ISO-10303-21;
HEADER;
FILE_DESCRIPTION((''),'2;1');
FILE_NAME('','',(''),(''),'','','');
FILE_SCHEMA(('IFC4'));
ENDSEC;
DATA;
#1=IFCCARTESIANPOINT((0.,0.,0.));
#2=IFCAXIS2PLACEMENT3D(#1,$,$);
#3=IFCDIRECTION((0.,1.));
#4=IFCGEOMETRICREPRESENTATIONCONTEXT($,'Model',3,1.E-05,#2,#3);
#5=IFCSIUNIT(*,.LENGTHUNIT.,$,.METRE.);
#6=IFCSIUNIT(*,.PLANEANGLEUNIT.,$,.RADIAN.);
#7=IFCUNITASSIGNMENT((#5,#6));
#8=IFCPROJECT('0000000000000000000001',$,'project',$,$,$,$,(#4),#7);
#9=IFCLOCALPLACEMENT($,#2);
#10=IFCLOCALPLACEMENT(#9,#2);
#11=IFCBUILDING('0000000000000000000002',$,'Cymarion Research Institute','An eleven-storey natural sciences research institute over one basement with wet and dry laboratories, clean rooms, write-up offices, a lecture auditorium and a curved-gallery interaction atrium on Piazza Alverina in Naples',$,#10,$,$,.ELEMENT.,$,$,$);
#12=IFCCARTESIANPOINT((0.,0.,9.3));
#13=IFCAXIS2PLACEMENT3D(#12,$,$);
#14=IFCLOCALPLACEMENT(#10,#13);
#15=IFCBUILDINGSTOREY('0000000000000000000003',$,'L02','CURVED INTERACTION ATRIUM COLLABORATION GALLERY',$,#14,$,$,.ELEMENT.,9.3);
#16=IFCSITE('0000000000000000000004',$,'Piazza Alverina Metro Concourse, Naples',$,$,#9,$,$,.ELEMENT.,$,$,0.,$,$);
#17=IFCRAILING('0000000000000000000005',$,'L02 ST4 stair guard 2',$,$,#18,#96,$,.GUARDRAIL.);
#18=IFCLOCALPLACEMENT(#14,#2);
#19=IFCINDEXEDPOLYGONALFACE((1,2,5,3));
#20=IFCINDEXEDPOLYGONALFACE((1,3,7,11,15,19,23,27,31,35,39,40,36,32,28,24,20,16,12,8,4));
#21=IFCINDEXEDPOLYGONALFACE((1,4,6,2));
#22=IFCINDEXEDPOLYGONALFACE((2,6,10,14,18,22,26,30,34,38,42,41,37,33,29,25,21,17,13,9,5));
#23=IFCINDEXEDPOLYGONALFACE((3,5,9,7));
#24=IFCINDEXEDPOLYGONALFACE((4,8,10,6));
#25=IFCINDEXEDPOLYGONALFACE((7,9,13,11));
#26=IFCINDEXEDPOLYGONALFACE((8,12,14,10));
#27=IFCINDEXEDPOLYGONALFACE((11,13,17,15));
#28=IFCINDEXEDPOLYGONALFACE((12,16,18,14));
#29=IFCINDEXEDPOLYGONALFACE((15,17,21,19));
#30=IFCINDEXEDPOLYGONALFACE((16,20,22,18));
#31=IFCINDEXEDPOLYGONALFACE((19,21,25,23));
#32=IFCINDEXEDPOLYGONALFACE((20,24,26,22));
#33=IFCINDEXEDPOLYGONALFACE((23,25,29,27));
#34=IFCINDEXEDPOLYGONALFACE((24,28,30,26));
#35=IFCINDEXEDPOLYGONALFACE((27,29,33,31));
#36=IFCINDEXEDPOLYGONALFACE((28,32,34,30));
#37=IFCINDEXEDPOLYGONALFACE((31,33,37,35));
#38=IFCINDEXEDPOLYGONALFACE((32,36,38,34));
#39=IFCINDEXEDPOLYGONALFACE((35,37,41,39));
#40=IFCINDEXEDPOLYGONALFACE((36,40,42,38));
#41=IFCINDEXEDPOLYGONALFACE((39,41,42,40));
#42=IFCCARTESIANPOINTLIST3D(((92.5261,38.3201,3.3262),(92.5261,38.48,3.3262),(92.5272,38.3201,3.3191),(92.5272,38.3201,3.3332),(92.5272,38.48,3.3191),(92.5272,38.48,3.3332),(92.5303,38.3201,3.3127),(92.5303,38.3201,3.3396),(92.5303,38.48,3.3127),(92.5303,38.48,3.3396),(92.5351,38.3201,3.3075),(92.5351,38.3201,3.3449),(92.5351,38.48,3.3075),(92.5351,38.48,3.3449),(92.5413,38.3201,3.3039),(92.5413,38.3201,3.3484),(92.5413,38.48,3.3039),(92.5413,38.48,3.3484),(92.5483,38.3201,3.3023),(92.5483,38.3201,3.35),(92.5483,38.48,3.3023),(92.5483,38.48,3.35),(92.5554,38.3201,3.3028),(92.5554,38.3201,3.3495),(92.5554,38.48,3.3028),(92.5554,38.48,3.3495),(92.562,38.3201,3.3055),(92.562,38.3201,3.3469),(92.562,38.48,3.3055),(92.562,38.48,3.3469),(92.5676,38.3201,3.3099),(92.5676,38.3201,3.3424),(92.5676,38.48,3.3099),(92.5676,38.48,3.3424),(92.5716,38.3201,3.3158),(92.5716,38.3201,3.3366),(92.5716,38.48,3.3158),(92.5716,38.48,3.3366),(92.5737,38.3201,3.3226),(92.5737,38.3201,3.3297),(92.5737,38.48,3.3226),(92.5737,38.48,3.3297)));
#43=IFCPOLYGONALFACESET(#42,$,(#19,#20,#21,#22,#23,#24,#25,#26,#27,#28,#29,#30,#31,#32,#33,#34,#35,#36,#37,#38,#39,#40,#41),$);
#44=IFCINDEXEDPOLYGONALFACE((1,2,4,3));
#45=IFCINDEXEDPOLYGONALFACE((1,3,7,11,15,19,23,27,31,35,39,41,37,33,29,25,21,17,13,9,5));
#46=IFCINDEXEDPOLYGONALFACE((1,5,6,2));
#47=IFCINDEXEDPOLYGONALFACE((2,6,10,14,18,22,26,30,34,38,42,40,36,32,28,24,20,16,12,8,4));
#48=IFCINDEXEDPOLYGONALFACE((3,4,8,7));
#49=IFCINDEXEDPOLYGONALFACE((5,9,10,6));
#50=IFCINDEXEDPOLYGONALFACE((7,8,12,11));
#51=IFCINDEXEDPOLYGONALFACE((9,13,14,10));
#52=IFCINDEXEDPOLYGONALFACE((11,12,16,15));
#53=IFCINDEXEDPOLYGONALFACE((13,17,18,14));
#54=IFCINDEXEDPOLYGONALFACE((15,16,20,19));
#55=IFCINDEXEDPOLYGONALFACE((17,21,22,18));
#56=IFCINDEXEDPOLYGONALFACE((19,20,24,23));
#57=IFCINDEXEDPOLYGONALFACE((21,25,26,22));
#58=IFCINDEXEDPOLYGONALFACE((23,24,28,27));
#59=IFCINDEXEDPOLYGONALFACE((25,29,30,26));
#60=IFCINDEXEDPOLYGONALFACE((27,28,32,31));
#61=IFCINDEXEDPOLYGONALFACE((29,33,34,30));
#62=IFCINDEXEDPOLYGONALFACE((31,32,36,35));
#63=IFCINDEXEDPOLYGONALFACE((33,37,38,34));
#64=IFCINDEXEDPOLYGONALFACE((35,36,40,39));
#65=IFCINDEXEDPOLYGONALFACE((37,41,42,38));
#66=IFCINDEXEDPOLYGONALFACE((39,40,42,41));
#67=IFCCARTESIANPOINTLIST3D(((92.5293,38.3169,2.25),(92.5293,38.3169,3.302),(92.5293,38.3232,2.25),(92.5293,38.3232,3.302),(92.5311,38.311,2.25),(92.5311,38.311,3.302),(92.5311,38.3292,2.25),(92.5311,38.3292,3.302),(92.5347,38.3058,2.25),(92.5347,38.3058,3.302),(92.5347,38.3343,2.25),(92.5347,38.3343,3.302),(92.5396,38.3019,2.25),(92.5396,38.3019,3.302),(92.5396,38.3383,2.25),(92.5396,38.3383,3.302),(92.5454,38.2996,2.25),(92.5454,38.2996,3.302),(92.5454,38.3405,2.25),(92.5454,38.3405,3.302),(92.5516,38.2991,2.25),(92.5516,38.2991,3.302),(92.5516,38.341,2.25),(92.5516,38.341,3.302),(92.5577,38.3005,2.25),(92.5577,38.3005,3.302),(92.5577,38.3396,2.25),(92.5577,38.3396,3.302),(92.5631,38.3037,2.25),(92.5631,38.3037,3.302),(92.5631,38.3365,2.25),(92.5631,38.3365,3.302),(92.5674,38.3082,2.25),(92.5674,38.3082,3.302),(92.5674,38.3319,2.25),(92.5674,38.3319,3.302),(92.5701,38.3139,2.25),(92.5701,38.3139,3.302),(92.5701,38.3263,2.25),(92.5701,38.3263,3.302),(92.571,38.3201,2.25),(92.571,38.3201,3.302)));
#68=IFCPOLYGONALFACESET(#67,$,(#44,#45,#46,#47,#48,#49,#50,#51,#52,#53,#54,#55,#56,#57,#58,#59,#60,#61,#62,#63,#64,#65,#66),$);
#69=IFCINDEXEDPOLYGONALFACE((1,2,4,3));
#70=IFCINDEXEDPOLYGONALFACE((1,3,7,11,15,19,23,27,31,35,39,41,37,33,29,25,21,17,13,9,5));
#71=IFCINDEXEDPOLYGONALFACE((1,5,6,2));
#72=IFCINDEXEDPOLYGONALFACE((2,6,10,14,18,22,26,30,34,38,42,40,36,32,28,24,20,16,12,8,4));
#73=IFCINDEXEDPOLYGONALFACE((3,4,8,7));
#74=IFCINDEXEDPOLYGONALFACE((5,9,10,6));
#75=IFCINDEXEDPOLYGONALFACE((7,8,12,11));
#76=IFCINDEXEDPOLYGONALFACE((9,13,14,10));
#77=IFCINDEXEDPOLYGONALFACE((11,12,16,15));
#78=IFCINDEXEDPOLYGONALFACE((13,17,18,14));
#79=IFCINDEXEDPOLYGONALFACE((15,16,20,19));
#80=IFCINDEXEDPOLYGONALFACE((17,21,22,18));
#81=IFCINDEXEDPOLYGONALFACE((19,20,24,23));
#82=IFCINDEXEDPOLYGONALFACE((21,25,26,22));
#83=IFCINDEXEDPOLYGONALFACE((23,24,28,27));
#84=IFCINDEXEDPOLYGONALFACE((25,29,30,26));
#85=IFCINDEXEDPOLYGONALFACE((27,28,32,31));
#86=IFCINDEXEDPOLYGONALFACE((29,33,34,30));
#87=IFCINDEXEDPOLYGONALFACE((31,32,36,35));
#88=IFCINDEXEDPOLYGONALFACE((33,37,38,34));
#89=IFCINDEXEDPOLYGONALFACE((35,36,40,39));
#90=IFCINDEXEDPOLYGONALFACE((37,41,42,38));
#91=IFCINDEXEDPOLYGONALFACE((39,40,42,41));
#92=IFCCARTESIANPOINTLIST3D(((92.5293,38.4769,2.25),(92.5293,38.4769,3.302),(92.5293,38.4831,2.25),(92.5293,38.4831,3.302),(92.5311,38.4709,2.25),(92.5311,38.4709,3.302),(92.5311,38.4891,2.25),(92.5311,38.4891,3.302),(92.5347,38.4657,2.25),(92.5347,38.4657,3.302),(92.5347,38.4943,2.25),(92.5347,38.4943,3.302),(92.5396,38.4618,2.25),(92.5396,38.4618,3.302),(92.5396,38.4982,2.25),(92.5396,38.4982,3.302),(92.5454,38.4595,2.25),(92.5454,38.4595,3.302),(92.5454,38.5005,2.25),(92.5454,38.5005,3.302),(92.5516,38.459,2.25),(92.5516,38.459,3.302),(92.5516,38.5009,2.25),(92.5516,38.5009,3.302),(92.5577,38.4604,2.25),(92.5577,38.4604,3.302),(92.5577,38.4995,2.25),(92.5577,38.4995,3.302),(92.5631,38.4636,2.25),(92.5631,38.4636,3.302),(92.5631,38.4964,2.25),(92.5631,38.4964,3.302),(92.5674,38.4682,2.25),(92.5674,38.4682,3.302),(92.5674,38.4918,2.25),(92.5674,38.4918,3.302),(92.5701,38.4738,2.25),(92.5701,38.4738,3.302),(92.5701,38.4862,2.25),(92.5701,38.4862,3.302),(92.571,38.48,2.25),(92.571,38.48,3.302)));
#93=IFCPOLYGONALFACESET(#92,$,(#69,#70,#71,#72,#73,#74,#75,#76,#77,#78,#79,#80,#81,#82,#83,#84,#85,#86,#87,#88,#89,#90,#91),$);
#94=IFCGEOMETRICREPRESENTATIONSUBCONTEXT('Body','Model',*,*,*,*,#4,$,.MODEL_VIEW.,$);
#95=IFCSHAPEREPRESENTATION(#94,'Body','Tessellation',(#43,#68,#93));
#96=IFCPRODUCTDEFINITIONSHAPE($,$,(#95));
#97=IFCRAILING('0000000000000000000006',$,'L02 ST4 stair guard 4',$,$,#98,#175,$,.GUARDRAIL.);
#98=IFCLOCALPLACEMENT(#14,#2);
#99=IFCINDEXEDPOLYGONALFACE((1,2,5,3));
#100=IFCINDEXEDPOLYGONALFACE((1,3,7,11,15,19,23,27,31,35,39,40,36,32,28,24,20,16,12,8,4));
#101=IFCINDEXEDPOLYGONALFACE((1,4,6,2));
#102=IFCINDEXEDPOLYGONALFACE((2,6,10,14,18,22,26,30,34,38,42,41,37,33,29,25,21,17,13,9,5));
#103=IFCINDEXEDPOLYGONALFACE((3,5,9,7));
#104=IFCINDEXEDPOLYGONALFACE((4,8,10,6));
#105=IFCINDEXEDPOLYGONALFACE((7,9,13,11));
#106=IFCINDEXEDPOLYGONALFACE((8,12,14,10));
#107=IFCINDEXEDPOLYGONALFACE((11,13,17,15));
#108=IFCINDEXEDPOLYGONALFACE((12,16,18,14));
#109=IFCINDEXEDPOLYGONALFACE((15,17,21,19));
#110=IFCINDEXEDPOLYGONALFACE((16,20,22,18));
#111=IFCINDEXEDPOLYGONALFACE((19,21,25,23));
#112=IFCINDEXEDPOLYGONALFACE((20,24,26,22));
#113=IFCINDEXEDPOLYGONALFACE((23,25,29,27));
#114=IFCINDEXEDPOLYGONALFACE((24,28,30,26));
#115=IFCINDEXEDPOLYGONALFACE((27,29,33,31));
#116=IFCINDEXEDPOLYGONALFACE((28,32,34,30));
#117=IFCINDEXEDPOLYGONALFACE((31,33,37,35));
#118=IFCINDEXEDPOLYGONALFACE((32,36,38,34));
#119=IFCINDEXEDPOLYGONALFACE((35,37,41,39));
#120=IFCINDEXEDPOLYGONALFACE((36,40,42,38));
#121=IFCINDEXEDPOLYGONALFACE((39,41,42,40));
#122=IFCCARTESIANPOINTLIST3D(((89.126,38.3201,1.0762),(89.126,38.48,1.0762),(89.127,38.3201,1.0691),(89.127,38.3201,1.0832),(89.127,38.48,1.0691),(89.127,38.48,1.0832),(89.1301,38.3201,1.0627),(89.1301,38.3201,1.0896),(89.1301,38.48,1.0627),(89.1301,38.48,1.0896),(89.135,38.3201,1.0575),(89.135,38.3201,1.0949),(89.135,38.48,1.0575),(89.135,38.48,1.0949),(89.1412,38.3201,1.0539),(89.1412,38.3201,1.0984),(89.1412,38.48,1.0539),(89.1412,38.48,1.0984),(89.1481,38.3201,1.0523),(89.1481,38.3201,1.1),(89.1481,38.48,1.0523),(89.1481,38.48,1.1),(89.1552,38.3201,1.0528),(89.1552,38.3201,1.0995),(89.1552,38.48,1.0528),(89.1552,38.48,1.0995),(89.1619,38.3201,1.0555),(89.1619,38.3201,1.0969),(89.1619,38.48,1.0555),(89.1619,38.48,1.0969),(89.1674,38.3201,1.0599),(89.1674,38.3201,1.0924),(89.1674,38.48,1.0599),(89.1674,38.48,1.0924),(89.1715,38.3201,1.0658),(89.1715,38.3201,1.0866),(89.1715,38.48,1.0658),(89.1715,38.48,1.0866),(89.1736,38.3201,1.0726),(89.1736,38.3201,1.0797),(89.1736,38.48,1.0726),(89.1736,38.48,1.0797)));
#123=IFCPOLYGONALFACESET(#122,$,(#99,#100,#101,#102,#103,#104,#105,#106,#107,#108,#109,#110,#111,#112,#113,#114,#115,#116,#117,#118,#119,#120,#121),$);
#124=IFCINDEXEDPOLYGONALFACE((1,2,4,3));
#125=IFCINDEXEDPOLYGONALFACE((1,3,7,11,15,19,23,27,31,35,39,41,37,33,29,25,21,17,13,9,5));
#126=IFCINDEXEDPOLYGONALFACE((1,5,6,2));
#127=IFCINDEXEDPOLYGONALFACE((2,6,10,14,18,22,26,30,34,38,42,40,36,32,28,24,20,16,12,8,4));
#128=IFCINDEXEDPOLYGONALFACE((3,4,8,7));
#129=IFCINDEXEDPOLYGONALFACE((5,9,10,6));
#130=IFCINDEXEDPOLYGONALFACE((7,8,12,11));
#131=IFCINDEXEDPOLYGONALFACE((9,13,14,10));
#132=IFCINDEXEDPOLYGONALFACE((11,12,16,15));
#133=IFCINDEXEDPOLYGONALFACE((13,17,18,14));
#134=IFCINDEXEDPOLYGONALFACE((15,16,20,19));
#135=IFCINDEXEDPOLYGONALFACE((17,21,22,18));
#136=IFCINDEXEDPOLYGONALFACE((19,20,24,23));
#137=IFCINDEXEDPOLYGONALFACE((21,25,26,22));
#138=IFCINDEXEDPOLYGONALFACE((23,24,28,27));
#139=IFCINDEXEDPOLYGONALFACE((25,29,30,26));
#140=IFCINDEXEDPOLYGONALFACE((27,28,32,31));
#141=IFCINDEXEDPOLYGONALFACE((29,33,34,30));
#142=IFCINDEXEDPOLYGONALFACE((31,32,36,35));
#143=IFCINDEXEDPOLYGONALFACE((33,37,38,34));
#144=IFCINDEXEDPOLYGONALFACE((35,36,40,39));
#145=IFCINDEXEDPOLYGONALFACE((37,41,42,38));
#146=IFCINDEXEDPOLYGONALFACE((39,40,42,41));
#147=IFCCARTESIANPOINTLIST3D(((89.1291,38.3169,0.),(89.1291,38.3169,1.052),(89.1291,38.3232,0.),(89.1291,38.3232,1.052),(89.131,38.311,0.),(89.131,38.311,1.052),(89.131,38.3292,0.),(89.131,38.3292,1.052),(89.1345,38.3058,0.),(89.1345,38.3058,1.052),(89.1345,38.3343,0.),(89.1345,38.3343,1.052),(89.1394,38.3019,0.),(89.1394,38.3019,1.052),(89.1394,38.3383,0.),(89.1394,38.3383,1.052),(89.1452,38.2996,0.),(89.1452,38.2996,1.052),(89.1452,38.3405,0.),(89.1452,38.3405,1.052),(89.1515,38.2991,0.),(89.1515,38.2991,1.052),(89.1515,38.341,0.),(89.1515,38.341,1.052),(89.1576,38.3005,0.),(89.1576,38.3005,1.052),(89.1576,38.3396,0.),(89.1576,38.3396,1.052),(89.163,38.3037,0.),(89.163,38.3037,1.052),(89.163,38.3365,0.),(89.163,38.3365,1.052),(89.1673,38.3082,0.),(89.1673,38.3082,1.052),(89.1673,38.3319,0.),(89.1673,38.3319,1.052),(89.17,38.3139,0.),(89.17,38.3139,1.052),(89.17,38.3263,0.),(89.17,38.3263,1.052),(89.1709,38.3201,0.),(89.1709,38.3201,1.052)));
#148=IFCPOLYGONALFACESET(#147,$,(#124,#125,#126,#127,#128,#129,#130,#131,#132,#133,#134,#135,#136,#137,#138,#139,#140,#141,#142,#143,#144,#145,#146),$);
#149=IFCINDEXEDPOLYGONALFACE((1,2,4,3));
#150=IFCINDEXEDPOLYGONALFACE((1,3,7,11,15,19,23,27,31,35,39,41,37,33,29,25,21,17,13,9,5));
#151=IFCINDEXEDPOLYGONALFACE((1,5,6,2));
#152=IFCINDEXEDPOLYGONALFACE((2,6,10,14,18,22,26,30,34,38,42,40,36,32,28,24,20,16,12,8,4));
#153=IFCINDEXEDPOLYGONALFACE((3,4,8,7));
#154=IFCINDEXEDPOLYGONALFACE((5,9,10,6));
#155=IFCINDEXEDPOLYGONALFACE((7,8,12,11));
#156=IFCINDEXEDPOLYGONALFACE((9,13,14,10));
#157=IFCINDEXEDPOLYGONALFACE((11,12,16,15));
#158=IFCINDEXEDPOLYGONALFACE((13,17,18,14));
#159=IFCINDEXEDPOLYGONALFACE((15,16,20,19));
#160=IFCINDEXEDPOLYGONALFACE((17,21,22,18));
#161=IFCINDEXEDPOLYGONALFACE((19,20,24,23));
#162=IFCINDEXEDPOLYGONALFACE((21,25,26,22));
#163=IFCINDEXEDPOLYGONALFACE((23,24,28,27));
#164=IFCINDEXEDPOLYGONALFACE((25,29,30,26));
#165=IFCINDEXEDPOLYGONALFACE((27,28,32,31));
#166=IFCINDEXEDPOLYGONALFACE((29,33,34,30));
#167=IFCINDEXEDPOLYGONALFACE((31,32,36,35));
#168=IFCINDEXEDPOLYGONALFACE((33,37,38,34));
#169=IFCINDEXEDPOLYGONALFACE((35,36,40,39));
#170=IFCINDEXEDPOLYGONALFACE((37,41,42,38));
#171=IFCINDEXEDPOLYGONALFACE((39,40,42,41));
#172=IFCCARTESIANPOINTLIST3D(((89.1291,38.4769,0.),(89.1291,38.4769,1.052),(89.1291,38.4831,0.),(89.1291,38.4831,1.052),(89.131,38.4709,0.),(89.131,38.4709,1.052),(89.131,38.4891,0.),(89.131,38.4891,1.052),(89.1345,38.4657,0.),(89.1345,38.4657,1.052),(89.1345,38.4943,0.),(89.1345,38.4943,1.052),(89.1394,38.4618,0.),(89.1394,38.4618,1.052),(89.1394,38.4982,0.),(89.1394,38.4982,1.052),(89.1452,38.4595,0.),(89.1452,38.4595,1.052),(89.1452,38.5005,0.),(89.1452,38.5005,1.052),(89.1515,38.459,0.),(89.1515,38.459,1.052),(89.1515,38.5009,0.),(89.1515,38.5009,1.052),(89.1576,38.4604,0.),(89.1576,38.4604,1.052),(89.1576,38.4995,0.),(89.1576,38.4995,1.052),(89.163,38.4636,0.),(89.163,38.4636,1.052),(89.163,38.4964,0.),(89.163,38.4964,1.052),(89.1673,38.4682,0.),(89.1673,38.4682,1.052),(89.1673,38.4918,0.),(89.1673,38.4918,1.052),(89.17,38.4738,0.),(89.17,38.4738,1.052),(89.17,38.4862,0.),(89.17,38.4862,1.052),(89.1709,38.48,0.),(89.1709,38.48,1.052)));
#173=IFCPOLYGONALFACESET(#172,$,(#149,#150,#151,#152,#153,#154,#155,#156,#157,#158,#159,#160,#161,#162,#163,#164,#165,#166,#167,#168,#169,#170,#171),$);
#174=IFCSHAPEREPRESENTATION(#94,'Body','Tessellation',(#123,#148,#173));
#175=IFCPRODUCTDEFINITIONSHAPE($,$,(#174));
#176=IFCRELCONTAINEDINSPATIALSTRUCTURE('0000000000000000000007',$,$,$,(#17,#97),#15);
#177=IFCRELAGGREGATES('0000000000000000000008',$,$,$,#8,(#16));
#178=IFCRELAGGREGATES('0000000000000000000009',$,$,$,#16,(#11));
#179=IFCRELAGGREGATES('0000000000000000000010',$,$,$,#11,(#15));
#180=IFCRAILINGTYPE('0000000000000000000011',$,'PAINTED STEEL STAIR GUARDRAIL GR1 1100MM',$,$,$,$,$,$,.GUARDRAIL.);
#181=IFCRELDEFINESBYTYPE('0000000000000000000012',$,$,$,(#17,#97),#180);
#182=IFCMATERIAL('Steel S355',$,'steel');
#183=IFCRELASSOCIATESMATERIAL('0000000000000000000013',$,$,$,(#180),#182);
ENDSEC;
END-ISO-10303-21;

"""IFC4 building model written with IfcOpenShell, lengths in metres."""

from ifc_helpers import new_model, si_unit, direction, frame, origin, origin_2d, place, context, subcontext, project, spatial, circle, extrude, material, type_object, element, save


model = new_model("IFC4")

# Units and contexts
model_context = context("Model", 3, precision=1e-05, world=origin(), true_north=direction((0.0, 1.0)))
body_context = subcontext(model_context, "Body", "Model", "MODEL_VIEW")
ifc_project = project(units=[si_unit("LENGTHUNIT", "METRE"), si_unit("PLANEANGLEUNIT", "RADIAN")], contexts=[model_context])

# Site, building, storey
site_placement = place(None, origin())
site = spatial("IfcSite", under=ifc_project, at=site_placement, Name="Piazza Alverina Metro Concourse, Naples", CompositionType="ELEMENT", RefElevation=0.0)
building_placement = place(site_placement, origin())
building = spatial("IfcBuilding", under=site, at=building_placement, Name="Cymarion Research Institute", Description="An eleven-storey natural sciences research institute over one basement with wet and dry laboratories, clean rooms, write-up offices, a lecture auditorium and a curved-gallery interaction atrium on Piazza Alverina in Naples", CompositionType="ELEMENT")
storey_placement = place(building_placement, frame((0.0, 0.0, 9.3)))
storey = spatial("IfcBuildingStorey", under=building, at=storey_placement, Name="L02", Description="CURVED INTERACTION ATRIUM COLLABORATION GALLERY", CompositionType="ELEMENT", Elevation=9.3)

# Shared definitions
ifc_material_1 = material(Name="Steel S355", Category="steel")

# Railings
railing_type_1 = type_object("IfcRailingType", Name="PAINTED STEEL STAIR GUARDRAIL GR1 1100MM", PredefinedType="GUARDRAIL", material=ifc_material_1)
for number, where, name in (
    (1, (92.55, 38.3201, 2.25), "L02 ST4 stair guard 2"),
    (2, (89.1499, 38.3201, 0.0), "L02 ST4 stair guard 4"),
):
    element("IfcRailing", number, at=place(storey_placement, frame(where)), inside=storey, type_object=railing_type_1, Name=name, PredefinedType="GUARDRAIL", context=body_context, shape_type="SweptSolid", body=[
        extrude(circle(Radius=0.0239, at=origin_2d()), frame((0.0, 0.0, 1.0762), z_axis=(0.0, 1.0, 0.0), x_axis=(-1.0, 0.0, 0.0)), (0.0, 0.0, 1.0), 0.1599),
        extrude(circle(Radius=0.021, at=origin_2d()), origin(), (0.0, 0.0, 1.0), 1.052),
        extrude(circle(Radius=0.021, at=origin_2d()), frame((0.0, 0.1599, 0.0)), (0.0, 0.0, 1.0), 1.052),
    ])

save(model, "model.ifc")
